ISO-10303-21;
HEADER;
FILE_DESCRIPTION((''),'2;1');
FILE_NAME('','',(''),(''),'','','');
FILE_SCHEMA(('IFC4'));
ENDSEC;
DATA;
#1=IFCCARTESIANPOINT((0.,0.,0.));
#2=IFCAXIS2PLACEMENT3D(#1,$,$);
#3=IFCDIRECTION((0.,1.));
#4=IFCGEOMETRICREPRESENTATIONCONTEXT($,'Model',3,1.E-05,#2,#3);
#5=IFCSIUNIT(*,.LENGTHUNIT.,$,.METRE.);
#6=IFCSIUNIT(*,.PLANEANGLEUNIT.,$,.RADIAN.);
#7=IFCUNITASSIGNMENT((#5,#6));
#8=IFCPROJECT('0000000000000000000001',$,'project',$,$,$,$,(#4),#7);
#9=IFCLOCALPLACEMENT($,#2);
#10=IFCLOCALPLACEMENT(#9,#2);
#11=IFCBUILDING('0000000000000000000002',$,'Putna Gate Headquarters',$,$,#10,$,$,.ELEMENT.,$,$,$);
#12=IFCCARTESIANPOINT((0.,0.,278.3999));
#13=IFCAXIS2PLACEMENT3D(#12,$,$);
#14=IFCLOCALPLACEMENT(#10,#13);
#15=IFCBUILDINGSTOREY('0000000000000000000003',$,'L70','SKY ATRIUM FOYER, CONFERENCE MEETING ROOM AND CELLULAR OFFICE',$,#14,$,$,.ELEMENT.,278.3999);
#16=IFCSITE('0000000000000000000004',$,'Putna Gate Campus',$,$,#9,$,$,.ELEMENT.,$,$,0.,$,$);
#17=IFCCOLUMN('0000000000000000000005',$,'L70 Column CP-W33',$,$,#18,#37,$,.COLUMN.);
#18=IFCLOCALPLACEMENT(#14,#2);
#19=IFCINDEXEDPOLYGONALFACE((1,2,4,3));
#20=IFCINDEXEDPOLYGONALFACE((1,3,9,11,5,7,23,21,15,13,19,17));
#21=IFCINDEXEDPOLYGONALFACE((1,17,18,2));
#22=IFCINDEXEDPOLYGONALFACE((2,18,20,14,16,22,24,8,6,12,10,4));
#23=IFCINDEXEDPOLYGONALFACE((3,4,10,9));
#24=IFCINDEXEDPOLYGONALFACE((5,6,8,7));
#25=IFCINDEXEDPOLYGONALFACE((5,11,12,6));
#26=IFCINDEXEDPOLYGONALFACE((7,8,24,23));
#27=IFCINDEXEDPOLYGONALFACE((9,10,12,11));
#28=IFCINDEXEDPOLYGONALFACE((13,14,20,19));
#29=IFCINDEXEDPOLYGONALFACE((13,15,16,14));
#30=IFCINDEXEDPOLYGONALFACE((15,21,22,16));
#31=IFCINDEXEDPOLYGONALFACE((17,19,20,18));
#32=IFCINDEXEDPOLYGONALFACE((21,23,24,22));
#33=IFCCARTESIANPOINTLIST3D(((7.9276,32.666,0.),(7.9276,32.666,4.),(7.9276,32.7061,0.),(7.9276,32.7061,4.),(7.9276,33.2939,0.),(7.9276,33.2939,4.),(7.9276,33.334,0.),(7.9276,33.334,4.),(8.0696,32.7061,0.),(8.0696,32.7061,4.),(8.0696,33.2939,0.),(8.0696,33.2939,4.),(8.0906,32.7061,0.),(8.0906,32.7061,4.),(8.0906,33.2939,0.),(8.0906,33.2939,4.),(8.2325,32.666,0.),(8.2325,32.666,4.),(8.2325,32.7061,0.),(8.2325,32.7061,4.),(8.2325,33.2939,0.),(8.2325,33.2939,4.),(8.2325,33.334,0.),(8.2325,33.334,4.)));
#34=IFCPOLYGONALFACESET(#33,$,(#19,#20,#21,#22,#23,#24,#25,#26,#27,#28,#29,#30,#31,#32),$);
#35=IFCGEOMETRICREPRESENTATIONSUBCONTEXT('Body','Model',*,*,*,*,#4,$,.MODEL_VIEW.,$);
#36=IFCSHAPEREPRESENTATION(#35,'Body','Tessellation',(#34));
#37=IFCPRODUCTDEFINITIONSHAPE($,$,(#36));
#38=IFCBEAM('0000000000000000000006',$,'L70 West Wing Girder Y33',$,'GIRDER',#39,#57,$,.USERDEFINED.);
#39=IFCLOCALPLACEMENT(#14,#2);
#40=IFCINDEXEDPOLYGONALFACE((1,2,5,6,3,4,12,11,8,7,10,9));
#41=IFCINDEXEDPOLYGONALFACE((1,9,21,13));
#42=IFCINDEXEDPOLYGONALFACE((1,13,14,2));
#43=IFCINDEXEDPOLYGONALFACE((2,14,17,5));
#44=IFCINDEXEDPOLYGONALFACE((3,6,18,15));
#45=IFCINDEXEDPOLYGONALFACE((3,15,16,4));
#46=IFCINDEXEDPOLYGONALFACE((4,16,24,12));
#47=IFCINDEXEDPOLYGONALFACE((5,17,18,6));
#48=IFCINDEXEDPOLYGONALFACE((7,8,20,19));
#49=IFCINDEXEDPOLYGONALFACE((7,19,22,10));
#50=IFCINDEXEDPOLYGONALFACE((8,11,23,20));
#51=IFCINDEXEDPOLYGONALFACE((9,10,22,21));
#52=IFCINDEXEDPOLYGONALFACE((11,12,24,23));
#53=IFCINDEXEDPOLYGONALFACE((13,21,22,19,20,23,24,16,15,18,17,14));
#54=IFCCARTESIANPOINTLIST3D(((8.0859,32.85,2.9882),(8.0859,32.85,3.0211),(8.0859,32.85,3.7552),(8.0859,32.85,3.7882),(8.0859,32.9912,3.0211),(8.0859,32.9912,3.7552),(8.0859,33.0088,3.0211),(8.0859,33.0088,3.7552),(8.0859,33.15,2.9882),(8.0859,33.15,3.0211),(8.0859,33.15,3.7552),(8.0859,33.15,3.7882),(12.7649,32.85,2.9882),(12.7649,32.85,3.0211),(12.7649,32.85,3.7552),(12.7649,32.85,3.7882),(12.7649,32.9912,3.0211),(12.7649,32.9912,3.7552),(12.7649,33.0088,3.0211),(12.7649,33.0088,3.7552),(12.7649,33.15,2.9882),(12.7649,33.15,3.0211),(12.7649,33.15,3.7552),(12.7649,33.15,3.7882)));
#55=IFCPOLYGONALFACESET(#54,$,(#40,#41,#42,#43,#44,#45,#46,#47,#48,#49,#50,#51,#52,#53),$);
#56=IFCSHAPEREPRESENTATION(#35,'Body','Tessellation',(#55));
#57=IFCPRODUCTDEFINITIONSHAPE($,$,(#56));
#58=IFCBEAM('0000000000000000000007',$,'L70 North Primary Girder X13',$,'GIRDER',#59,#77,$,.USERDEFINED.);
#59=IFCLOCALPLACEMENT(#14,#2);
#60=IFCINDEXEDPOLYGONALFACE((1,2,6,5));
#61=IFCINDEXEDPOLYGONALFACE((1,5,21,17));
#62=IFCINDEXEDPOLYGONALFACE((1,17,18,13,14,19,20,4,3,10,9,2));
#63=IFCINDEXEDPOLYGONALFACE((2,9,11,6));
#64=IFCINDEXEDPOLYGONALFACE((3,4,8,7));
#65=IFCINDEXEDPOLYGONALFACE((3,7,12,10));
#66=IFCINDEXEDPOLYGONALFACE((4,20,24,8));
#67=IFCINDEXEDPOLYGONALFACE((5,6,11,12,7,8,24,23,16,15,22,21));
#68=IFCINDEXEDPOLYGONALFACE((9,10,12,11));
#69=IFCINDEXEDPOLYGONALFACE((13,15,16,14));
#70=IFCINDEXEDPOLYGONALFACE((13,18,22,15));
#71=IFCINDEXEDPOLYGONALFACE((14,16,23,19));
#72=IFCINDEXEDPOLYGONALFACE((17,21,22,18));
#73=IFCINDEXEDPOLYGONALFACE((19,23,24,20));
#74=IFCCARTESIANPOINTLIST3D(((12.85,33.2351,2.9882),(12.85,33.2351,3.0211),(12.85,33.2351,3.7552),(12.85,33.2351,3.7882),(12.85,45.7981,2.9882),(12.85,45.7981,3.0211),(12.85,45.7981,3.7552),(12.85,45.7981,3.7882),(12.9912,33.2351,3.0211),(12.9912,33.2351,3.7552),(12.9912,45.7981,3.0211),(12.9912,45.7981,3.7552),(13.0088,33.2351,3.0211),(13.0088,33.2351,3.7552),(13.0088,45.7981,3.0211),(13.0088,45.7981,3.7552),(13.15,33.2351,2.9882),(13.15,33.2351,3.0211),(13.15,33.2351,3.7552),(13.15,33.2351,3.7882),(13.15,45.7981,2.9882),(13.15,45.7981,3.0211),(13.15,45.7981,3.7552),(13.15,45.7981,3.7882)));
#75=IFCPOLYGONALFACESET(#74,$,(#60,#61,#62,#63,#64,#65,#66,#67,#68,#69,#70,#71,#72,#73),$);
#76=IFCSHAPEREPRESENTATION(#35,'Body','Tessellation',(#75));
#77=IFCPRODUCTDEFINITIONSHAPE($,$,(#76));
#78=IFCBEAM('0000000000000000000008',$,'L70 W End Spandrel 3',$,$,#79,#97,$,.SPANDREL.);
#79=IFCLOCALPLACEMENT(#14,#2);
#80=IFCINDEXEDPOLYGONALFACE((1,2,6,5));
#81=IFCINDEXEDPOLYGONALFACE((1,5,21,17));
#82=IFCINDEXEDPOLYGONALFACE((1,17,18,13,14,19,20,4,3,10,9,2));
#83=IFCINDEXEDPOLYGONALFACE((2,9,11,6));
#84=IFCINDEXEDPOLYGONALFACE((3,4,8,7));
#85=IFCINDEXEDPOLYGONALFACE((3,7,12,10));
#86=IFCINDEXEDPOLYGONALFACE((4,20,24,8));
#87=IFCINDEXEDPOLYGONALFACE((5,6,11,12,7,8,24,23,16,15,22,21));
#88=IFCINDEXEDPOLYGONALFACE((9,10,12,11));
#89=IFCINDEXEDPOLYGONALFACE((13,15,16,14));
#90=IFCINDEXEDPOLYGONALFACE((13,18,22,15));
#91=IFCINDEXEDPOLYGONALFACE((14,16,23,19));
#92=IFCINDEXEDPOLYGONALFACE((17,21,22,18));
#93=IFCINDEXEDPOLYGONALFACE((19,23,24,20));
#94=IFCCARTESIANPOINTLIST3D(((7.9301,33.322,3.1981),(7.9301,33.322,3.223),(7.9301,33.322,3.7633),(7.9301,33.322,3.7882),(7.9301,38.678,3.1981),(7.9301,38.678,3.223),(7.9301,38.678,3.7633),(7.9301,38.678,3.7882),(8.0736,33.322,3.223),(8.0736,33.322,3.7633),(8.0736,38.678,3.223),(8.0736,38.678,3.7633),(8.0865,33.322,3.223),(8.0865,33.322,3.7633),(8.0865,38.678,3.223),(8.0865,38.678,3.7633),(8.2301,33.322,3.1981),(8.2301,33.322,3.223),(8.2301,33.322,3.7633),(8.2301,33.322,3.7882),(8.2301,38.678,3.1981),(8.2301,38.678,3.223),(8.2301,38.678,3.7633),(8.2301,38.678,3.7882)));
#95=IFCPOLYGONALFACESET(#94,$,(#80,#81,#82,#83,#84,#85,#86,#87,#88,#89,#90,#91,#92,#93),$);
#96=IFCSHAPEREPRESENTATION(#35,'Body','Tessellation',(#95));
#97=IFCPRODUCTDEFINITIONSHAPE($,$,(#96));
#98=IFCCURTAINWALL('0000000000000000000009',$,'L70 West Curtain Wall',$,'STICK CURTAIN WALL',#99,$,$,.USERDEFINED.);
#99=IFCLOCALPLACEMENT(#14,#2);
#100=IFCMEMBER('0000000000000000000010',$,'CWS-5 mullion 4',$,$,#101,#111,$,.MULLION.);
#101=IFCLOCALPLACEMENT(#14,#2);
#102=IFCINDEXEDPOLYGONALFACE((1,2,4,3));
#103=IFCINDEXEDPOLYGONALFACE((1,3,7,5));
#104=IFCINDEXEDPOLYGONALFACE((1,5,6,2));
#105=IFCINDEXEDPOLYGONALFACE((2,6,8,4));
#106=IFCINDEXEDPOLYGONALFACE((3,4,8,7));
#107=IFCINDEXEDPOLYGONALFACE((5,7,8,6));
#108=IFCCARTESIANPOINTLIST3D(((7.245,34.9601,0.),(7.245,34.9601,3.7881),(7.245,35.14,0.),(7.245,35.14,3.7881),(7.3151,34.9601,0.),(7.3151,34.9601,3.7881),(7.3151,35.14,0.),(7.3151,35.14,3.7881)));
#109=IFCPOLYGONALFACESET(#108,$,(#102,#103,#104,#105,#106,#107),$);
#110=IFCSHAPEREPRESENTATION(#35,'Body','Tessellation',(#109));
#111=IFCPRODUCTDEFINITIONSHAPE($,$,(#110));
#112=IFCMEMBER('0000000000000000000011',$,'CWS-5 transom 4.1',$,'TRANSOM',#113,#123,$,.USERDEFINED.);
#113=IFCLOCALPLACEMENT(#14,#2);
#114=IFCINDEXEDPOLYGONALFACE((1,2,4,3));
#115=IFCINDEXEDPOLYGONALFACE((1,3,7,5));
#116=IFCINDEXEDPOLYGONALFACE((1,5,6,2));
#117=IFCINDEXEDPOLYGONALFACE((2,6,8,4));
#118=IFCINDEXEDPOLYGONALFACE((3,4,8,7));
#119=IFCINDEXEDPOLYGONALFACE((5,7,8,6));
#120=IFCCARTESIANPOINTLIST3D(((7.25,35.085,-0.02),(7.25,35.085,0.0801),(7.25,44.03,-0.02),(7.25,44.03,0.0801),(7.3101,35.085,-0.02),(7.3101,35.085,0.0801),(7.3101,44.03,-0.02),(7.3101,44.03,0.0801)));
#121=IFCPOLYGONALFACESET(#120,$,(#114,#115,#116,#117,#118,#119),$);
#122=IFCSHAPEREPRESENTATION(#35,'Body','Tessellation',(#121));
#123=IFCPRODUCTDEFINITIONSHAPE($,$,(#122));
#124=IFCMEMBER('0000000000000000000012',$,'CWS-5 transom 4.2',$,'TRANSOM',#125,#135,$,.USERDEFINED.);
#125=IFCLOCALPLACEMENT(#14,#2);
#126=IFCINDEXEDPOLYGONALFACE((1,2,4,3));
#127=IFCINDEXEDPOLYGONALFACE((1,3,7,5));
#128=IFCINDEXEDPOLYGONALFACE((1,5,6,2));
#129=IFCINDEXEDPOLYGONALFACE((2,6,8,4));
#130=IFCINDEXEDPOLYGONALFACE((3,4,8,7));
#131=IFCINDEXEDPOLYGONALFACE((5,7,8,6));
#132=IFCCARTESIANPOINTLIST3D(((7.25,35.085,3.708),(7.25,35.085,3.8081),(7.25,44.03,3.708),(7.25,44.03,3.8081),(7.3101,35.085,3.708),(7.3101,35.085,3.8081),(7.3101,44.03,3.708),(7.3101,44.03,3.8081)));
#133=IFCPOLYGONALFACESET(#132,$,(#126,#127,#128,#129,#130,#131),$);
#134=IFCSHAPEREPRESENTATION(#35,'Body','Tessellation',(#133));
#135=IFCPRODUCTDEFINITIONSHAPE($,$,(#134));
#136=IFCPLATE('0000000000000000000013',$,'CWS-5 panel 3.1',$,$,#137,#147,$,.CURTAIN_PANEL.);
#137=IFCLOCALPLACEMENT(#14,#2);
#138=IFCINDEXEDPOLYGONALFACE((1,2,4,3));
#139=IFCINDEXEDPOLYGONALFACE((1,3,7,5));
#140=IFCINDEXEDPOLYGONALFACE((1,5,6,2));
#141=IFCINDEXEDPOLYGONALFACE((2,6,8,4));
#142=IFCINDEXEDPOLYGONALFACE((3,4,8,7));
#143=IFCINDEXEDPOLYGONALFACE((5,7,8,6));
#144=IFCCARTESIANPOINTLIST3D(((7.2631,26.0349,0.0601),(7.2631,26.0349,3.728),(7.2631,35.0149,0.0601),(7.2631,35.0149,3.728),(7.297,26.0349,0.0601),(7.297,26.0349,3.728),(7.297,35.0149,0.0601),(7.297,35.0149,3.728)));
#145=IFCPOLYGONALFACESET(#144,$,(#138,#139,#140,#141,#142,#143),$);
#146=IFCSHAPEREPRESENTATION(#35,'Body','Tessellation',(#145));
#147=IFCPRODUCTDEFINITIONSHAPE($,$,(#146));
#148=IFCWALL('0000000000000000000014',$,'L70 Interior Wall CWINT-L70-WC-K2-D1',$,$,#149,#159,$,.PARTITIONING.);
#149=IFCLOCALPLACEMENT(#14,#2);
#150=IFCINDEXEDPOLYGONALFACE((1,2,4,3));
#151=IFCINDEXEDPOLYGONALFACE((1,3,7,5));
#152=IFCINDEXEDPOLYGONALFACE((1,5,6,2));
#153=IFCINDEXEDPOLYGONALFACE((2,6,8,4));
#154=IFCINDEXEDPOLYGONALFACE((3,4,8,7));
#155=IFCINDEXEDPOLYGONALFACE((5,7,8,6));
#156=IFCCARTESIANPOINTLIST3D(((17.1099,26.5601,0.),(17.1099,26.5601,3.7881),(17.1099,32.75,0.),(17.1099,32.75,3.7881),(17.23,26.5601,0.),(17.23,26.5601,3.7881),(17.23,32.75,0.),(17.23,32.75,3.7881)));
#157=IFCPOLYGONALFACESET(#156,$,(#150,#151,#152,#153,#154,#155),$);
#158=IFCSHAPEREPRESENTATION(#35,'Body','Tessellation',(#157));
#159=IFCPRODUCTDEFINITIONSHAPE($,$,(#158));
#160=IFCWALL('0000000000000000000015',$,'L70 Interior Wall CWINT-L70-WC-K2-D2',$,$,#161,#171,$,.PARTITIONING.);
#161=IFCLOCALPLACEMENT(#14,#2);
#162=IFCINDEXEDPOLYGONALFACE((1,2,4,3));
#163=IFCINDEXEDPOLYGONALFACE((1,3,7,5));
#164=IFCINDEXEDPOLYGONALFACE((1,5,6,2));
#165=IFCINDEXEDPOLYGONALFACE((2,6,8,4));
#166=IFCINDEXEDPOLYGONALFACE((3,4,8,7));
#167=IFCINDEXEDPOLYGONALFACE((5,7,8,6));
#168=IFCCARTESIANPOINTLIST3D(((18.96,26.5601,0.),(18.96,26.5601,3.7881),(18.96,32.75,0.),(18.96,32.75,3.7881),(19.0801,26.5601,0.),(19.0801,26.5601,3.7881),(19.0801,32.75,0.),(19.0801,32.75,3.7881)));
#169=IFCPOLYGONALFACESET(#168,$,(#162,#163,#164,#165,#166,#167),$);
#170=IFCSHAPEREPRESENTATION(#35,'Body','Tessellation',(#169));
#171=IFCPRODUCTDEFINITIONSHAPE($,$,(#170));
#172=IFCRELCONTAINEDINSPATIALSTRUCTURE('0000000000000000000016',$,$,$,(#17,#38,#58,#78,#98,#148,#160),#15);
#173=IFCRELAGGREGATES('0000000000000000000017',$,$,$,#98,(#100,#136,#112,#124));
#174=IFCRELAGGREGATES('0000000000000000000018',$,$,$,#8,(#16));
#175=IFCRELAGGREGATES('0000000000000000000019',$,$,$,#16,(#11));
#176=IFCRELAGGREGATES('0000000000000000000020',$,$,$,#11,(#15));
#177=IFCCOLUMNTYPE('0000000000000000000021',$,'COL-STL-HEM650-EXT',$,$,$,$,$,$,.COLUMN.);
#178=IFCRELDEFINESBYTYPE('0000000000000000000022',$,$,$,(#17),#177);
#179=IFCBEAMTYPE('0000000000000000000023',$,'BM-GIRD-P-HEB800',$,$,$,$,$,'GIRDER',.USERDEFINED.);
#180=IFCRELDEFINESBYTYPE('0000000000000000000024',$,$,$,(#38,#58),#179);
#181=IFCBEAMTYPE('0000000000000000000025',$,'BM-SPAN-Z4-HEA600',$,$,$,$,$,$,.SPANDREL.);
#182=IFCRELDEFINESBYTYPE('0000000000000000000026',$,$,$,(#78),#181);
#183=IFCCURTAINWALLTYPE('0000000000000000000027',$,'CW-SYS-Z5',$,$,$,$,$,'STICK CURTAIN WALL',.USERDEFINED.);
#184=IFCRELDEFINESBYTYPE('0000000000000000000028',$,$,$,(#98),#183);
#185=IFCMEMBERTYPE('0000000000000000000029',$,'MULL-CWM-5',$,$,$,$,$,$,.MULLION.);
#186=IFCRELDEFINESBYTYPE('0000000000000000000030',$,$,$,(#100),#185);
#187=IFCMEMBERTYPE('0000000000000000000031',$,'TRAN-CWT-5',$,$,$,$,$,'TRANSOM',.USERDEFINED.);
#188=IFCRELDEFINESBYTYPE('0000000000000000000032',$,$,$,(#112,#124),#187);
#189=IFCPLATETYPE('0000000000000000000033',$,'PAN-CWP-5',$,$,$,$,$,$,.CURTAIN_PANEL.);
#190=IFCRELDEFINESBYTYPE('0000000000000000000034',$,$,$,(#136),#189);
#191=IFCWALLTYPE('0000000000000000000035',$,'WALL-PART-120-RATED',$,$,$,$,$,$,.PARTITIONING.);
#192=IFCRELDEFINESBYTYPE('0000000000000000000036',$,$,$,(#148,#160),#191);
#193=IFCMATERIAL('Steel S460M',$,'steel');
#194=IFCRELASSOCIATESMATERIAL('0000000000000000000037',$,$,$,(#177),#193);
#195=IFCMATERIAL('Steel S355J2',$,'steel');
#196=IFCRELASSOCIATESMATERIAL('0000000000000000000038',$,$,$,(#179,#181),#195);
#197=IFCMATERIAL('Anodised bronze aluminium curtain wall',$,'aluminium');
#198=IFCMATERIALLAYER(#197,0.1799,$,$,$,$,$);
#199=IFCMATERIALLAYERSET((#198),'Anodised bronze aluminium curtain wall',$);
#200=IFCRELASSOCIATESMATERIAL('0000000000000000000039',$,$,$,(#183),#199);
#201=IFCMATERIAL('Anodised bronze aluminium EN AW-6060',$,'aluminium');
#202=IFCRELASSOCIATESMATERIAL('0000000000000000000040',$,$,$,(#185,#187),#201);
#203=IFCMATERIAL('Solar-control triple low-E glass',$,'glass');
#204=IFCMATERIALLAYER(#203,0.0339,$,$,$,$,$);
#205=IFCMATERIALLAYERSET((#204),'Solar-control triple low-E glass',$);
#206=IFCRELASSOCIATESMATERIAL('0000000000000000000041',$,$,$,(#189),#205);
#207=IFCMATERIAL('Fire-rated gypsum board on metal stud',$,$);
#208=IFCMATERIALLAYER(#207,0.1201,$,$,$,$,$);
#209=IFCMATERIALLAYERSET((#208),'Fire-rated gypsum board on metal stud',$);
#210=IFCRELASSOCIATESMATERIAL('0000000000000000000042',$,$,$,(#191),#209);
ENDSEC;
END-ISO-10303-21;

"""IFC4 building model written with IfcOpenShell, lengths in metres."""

from ifc_helpers import new_model, si_unit, direction, frame, frame_2d, origin, origin_2d, place, context, subcontext, project, spatial, rectangle, i_section, extrude, material, layer, layer_set, material_profile, profile_set, type_object, element, aggregate, save


model = new_model("IFC4")

# Units and contexts
model_context = context("Model", 3, precision=1e-05, world=origin(), true_north=direction((0.0, 1.0)))
body_context = subcontext(model_context, "Body", "Model", "MODEL_VIEW")
ifc_project = project(units=[si_unit("LENGTHUNIT", "METRE"), si_unit("PLANEANGLEUNIT", "RADIAN")], contexts=[model_context])

# Site, building, storey
site_placement = place(None, origin())
site = spatial("IfcSite", under=ifc_project, at=site_placement, Name="Putna Gate Campus", CompositionType="ELEMENT", RefElevation=0.0)
building_placement = place(site_placement, origin())
building = spatial("IfcBuilding", under=site, at=building_placement, Name="Putna Gate Headquarters", CompositionType="ELEMENT")
storey_placement = place(building_placement, frame((0.0, 0.0, 278.3999)))
storey = spatial("IfcBuildingStorey", under=building, at=storey_placement, Name="L70", Description="SKY ATRIUM FOYER, CONFERENCE MEETING ROOM AND CELLULAR OFFICE", CompositionType="ELEMENT", Elevation=278.3999)

# Column
ifc_material_1 = material(Name="Steel S460M", Category="steel")
ifc_material_profile_1 = material_profile(ifc_material_1, i_section(OverallWidth=0.3049, OverallDepth=0.668, WebThickness=0.021, FlangeThickness=0.04, at=origin_2d()), Name="Steel S460M")
ifc_profile_set_1 = profile_set([ifc_material_profile_1], Name="Steel S460M")
column_type = type_object("IfcColumnType", Name="COL-STL-HEM650-EXT", PredefinedType="COLUMN", material=ifc_profile_set_1)
column_placement = place(storey_placement, frame((8.0801, 33.0, 0.0), z_axis=(0.0, 0.0, 1.0), x_axis=(1.0, 0.0, 0.0)))
element("IfcColumn", 1, at=column_placement, inside=storey, type_object=column_type, Name="L70 Column CP-W33", PredefinedType="COLUMN", context=body_context, shape_type="SweptSolid", body=[
    extrude(i_section(OverallWidth=0.3049, OverallDepth=0.668, WebThickness=0.021, FlangeThickness=0.04, at=origin_2d()), origin(), (0.0, 0.0, 1.0), 4.0),
])

# Beams
ifc_material_2 = material(Name="Steel S355J2", Category="steel")
ifc_material_profile_2 = material_profile(ifc_material_2, i_section(OverallWidth=0.3, OverallDepth=0.8, WebThickness=0.0176, FlangeThickness=0.033, at=origin_2d()), Name="Steel S355J2")
ifc_profile_set_2 = profile_set([ifc_material_profile_2], Name="Steel S355J2")
beam_type_1 = type_object("IfcBeamType", Name="BM-GIRD-P-HEB800", ElementType="GIRDER", PredefinedType="USERDEFINED", material=ifc_profile_set_2)
beam_1_placement = place(storey_placement, frame((8.0859, 33.0, 3.3882), z_axis=(1.0, 0.0, 0.0), x_axis=(0.0, 1.0, 0.0)))
element("IfcBeam", 2, at=beam_1_placement, inside=storey, type_object=beam_type_1, Name="L70 West Wing Girder Y33", ObjectType="GIRDER", PredefinedType="USERDEFINED", context=body_context, shape_type="SweptSolid", body=[
    extrude(i_section(OverallWidth=0.3, OverallDepth=0.8, WebThickness=0.0176, FlangeThickness=0.033, at=origin_2d()), origin(), (0.0, 0.0, 1.0), 4.679),
])
beam_2_placement = place(storey_placement, frame((13.0, 33.2351, 3.3882), z_axis=(0.0, 1.0, 0.0), x_axis=(-1.0, 0.0, 0.0)))
element("IfcBeam", 3, at=beam_2_placement, inside=storey, type_object=beam_type_1, Name="L70 North Primary Girder X13", ObjectType="GIRDER", PredefinedType="USERDEFINED", context=body_context, shape_type="SweptSolid", body=[
    extrude(i_section(OverallWidth=0.3, OverallDepth=0.8, WebThickness=0.0176, FlangeThickness=0.033, at=origin_2d()), origin(), (0.0, 0.0, 1.0), 12.563),
])
ifc_material_profile_3 = material_profile(ifc_material_2, i_section(OverallWidth=0.3, OverallDepth=0.5901, WebThickness=0.0129, FlangeThickness=0.0249, at=origin_2d()), Name="Steel S355J2")
ifc_profile_set_3 = profile_set([ifc_material_profile_3], Name="Steel S355J2")
beam_type_2 = type_object("IfcBeamType", Name="BM-SPAN-Z4-HEA600", PredefinedType="SPANDREL", material=ifc_profile_set_3)
beam_3_placement = place(storey_placement, frame((8.0801, 33.322, 3.4932), z_axis=(0.0, 1.0, 0.0), x_axis=(-1.0, 0.0, 0.0)))
element("IfcBeam", 4, at=beam_3_placement, inside=storey, type_object=beam_type_2, Name="L70 W End Spandrel 3", PredefinedType="SPANDREL", context=body_context, shape_type="SweptSolid", body=[
    extrude(i_section(OverallWidth=0.3, OverallDepth=0.5901, WebThickness=0.0129, FlangeThickness=0.0249, at=origin_2d()), origin(), (0.0, 0.0, 1.0), 5.356),
])

# Curtain wall, members, plate
ifc_material_3 = material(Name="Anodised bronze aluminium curtain wall", Category="aluminium")
ifc_layer_1 = layer(ifc_material_3, 0.1799)
ifc_layer_set_1 = layer_set([ifc_layer_1], Name="Anodised bronze aluminium curtain wall")
curtain_wall_type = type_object("IfcCurtainWallType", Name="CW-SYS-Z5", ElementType="STICK CURTAIN WALL", PredefinedType="USERDEFINED", material=ifc_layer_set_1)
curtain_wall_placement = place(storey_placement, origin())
curtain_wall = element("IfcCurtainWall", 5, at=curtain_wall_placement, inside=storey, type_object=curtain_wall_type, Name="L70 West Curtain Wall", ObjectType="STICK CURTAIN WALL", PredefinedType="USERDEFINED")
ifc_material_4 = material(Name="Anodised bronze aluminium EN AW-6060", Category="aluminium")
ifc_material_profile_4 = material_profile(ifc_material_4, rectangle(XDim=0.0701, YDim=0.1799, at=origin_2d()), Name="Anodised bronze aluminium EN AW-6060")
ifc_profile_set_4 = profile_set([ifc_material_profile_4], Name="Anodised bronze aluminium EN AW-6060")
member_type_1 = type_object("IfcMemberType", Name="MULL-CWM-5", PredefinedType="MULLION", material=ifc_profile_set_4)
member_1_placement = place(storey_placement, frame((7.28, 35.05, 0.0), z_axis=(0.0, 0.0, 1.0), x_axis=(-1.0, 0.0, 0.0)))
member_1 = element("IfcMember", 6, at=member_1_placement, type_object=member_type_1, Name="CWS-5 mullion 4", PredefinedType="MULLION", context=body_context, shape_type="SweptSolid", body=[
    extrude(rectangle(XDim=0.0701, YDim=0.1799, at=origin_2d()), origin(), (0.0, 0.0, 1.0), 3.7881),
])
ifc_material_profile_5 = material_profile(ifc_material_4, rectangle(XDim=0.0601, YDim=0.1001, at=origin_2d()), Name="Anodised bronze aluminium EN AW-6060")
ifc_profile_set_5 = profile_set([ifc_material_profile_5], Name="Anodised bronze aluminium EN AW-6060")
member_type_2 = type_object("IfcMemberType", Name="TRAN-CWT-5", ElementType="TRANSOM", PredefinedType="USERDEFINED", material=ifc_profile_set_5)
member_2_placement = place(storey_placement, frame((7.28, 35.085, 0.03), z_axis=(0.0, 1.0, 0.0), x_axis=(-1.0, 0.0, 0.0)))
member_2 = element("IfcMember", 7, at=member_2_placement, type_object=member_type_2, Name="CWS-5 transom 4.1", ObjectType="TRANSOM", PredefinedType="USERDEFINED", context=body_context, shape_type="SweptSolid", body=[
    extrude(rectangle(XDim=0.0601, YDim=0.1001, at=origin_2d()), origin(), (0.0, 0.0, 1.0), 8.9451),
])
member_3_placement = place(storey_placement, frame((7.28, 35.085, 3.7581), z_axis=(0.0, 1.0, 0.0), x_axis=(-1.0, 0.0, 0.0)))
member_3 = element("IfcMember", 8, at=member_3_placement, type_object=member_type_2, Name="CWS-5 transom 4.2", ObjectType="TRANSOM", PredefinedType="USERDEFINED", context=body_context, shape_type="SweptSolid", body=[
    extrude(rectangle(XDim=0.0601, YDim=0.1001, at=origin_2d()), origin(), (0.0, 0.0, 1.0), 8.9451),
])
ifc_material_5 = material(Name="Solar-control triple low-E glass", Category="glass")
ifc_layer_2 = layer(ifc_material_5, 0.0339)
ifc_layer_set_2 = layer_set([ifc_layer_2], Name="Solar-control triple low-E glass")
plate_type = type_object("IfcPlateType", Name="PAN-CWP-5", PredefinedType="CURTAIN_PANEL", material=ifc_layer_set_2)
plate_placement = place(storey_placement, frame((7.28, 30.5249, 0.0601), z_axis=(0.0, 0.0, 1.0), x_axis=(0.0, 1.0, 0.0)))
plate = element("IfcPlate", 9, at=plate_placement, type_object=plate_type, Name="CWS-5 panel 3.1", PredefinedType="CURTAIN_PANEL", context=body_context, shape_type="SweptSolid", body=[
    extrude(rectangle(XDim=8.98, YDim=0.0339, at=origin_2d()), origin(), (0.0, 0.0, 1.0), 3.668),
])
aggregate(curtain_wall, [member_1, plate, member_2, member_3])

# Walls
ifc_material_6 = material(Name="Fire-rated gypsum board on metal stud")
ifc_layer_3 = layer(ifc_material_6, 0.1201)
ifc_layer_set_3 = layer_set([ifc_layer_3], Name="Fire-rated gypsum board on metal stud")
wall_type_1 = type_object("IfcWallType", Name="WALL-PART-120-RATED", PredefinedType="PARTITIONING", material=ifc_layer_set_3)
for number, where, z_axis, x_axis, name in (
    (10, (17.1699, 26.5601, 0.0), (0.0, 0.0, 1.0), (0.0, 1.0, 0.0), "L70 Interior Wall CWINT-L70-WC-K2-D1"),
    (11, (19.02, 26.5601, 0.0), (0.0, 0.0, 1.0), (0.0, 1.0, 0.0), "L70 Interior Wall CWINT-L70-WC-K2-D2"),
):
    element("IfcWall", number, at=place(storey_placement, frame(where, z_axis=z_axis, x_axis=x_axis)), inside=storey, type_object=wall_type_1, Name=name, PredefinedType="PARTITIONING", context=body_context, shape_type="SweptSolid", body=[
        extrude(rectangle(XDim=6.1899, YDim=0.1201, at=frame_2d((3.095, 0.0))), origin(), (0.0, 0.0, 1.0), 3.7881),
    ])

save(model, "model.ifc")
